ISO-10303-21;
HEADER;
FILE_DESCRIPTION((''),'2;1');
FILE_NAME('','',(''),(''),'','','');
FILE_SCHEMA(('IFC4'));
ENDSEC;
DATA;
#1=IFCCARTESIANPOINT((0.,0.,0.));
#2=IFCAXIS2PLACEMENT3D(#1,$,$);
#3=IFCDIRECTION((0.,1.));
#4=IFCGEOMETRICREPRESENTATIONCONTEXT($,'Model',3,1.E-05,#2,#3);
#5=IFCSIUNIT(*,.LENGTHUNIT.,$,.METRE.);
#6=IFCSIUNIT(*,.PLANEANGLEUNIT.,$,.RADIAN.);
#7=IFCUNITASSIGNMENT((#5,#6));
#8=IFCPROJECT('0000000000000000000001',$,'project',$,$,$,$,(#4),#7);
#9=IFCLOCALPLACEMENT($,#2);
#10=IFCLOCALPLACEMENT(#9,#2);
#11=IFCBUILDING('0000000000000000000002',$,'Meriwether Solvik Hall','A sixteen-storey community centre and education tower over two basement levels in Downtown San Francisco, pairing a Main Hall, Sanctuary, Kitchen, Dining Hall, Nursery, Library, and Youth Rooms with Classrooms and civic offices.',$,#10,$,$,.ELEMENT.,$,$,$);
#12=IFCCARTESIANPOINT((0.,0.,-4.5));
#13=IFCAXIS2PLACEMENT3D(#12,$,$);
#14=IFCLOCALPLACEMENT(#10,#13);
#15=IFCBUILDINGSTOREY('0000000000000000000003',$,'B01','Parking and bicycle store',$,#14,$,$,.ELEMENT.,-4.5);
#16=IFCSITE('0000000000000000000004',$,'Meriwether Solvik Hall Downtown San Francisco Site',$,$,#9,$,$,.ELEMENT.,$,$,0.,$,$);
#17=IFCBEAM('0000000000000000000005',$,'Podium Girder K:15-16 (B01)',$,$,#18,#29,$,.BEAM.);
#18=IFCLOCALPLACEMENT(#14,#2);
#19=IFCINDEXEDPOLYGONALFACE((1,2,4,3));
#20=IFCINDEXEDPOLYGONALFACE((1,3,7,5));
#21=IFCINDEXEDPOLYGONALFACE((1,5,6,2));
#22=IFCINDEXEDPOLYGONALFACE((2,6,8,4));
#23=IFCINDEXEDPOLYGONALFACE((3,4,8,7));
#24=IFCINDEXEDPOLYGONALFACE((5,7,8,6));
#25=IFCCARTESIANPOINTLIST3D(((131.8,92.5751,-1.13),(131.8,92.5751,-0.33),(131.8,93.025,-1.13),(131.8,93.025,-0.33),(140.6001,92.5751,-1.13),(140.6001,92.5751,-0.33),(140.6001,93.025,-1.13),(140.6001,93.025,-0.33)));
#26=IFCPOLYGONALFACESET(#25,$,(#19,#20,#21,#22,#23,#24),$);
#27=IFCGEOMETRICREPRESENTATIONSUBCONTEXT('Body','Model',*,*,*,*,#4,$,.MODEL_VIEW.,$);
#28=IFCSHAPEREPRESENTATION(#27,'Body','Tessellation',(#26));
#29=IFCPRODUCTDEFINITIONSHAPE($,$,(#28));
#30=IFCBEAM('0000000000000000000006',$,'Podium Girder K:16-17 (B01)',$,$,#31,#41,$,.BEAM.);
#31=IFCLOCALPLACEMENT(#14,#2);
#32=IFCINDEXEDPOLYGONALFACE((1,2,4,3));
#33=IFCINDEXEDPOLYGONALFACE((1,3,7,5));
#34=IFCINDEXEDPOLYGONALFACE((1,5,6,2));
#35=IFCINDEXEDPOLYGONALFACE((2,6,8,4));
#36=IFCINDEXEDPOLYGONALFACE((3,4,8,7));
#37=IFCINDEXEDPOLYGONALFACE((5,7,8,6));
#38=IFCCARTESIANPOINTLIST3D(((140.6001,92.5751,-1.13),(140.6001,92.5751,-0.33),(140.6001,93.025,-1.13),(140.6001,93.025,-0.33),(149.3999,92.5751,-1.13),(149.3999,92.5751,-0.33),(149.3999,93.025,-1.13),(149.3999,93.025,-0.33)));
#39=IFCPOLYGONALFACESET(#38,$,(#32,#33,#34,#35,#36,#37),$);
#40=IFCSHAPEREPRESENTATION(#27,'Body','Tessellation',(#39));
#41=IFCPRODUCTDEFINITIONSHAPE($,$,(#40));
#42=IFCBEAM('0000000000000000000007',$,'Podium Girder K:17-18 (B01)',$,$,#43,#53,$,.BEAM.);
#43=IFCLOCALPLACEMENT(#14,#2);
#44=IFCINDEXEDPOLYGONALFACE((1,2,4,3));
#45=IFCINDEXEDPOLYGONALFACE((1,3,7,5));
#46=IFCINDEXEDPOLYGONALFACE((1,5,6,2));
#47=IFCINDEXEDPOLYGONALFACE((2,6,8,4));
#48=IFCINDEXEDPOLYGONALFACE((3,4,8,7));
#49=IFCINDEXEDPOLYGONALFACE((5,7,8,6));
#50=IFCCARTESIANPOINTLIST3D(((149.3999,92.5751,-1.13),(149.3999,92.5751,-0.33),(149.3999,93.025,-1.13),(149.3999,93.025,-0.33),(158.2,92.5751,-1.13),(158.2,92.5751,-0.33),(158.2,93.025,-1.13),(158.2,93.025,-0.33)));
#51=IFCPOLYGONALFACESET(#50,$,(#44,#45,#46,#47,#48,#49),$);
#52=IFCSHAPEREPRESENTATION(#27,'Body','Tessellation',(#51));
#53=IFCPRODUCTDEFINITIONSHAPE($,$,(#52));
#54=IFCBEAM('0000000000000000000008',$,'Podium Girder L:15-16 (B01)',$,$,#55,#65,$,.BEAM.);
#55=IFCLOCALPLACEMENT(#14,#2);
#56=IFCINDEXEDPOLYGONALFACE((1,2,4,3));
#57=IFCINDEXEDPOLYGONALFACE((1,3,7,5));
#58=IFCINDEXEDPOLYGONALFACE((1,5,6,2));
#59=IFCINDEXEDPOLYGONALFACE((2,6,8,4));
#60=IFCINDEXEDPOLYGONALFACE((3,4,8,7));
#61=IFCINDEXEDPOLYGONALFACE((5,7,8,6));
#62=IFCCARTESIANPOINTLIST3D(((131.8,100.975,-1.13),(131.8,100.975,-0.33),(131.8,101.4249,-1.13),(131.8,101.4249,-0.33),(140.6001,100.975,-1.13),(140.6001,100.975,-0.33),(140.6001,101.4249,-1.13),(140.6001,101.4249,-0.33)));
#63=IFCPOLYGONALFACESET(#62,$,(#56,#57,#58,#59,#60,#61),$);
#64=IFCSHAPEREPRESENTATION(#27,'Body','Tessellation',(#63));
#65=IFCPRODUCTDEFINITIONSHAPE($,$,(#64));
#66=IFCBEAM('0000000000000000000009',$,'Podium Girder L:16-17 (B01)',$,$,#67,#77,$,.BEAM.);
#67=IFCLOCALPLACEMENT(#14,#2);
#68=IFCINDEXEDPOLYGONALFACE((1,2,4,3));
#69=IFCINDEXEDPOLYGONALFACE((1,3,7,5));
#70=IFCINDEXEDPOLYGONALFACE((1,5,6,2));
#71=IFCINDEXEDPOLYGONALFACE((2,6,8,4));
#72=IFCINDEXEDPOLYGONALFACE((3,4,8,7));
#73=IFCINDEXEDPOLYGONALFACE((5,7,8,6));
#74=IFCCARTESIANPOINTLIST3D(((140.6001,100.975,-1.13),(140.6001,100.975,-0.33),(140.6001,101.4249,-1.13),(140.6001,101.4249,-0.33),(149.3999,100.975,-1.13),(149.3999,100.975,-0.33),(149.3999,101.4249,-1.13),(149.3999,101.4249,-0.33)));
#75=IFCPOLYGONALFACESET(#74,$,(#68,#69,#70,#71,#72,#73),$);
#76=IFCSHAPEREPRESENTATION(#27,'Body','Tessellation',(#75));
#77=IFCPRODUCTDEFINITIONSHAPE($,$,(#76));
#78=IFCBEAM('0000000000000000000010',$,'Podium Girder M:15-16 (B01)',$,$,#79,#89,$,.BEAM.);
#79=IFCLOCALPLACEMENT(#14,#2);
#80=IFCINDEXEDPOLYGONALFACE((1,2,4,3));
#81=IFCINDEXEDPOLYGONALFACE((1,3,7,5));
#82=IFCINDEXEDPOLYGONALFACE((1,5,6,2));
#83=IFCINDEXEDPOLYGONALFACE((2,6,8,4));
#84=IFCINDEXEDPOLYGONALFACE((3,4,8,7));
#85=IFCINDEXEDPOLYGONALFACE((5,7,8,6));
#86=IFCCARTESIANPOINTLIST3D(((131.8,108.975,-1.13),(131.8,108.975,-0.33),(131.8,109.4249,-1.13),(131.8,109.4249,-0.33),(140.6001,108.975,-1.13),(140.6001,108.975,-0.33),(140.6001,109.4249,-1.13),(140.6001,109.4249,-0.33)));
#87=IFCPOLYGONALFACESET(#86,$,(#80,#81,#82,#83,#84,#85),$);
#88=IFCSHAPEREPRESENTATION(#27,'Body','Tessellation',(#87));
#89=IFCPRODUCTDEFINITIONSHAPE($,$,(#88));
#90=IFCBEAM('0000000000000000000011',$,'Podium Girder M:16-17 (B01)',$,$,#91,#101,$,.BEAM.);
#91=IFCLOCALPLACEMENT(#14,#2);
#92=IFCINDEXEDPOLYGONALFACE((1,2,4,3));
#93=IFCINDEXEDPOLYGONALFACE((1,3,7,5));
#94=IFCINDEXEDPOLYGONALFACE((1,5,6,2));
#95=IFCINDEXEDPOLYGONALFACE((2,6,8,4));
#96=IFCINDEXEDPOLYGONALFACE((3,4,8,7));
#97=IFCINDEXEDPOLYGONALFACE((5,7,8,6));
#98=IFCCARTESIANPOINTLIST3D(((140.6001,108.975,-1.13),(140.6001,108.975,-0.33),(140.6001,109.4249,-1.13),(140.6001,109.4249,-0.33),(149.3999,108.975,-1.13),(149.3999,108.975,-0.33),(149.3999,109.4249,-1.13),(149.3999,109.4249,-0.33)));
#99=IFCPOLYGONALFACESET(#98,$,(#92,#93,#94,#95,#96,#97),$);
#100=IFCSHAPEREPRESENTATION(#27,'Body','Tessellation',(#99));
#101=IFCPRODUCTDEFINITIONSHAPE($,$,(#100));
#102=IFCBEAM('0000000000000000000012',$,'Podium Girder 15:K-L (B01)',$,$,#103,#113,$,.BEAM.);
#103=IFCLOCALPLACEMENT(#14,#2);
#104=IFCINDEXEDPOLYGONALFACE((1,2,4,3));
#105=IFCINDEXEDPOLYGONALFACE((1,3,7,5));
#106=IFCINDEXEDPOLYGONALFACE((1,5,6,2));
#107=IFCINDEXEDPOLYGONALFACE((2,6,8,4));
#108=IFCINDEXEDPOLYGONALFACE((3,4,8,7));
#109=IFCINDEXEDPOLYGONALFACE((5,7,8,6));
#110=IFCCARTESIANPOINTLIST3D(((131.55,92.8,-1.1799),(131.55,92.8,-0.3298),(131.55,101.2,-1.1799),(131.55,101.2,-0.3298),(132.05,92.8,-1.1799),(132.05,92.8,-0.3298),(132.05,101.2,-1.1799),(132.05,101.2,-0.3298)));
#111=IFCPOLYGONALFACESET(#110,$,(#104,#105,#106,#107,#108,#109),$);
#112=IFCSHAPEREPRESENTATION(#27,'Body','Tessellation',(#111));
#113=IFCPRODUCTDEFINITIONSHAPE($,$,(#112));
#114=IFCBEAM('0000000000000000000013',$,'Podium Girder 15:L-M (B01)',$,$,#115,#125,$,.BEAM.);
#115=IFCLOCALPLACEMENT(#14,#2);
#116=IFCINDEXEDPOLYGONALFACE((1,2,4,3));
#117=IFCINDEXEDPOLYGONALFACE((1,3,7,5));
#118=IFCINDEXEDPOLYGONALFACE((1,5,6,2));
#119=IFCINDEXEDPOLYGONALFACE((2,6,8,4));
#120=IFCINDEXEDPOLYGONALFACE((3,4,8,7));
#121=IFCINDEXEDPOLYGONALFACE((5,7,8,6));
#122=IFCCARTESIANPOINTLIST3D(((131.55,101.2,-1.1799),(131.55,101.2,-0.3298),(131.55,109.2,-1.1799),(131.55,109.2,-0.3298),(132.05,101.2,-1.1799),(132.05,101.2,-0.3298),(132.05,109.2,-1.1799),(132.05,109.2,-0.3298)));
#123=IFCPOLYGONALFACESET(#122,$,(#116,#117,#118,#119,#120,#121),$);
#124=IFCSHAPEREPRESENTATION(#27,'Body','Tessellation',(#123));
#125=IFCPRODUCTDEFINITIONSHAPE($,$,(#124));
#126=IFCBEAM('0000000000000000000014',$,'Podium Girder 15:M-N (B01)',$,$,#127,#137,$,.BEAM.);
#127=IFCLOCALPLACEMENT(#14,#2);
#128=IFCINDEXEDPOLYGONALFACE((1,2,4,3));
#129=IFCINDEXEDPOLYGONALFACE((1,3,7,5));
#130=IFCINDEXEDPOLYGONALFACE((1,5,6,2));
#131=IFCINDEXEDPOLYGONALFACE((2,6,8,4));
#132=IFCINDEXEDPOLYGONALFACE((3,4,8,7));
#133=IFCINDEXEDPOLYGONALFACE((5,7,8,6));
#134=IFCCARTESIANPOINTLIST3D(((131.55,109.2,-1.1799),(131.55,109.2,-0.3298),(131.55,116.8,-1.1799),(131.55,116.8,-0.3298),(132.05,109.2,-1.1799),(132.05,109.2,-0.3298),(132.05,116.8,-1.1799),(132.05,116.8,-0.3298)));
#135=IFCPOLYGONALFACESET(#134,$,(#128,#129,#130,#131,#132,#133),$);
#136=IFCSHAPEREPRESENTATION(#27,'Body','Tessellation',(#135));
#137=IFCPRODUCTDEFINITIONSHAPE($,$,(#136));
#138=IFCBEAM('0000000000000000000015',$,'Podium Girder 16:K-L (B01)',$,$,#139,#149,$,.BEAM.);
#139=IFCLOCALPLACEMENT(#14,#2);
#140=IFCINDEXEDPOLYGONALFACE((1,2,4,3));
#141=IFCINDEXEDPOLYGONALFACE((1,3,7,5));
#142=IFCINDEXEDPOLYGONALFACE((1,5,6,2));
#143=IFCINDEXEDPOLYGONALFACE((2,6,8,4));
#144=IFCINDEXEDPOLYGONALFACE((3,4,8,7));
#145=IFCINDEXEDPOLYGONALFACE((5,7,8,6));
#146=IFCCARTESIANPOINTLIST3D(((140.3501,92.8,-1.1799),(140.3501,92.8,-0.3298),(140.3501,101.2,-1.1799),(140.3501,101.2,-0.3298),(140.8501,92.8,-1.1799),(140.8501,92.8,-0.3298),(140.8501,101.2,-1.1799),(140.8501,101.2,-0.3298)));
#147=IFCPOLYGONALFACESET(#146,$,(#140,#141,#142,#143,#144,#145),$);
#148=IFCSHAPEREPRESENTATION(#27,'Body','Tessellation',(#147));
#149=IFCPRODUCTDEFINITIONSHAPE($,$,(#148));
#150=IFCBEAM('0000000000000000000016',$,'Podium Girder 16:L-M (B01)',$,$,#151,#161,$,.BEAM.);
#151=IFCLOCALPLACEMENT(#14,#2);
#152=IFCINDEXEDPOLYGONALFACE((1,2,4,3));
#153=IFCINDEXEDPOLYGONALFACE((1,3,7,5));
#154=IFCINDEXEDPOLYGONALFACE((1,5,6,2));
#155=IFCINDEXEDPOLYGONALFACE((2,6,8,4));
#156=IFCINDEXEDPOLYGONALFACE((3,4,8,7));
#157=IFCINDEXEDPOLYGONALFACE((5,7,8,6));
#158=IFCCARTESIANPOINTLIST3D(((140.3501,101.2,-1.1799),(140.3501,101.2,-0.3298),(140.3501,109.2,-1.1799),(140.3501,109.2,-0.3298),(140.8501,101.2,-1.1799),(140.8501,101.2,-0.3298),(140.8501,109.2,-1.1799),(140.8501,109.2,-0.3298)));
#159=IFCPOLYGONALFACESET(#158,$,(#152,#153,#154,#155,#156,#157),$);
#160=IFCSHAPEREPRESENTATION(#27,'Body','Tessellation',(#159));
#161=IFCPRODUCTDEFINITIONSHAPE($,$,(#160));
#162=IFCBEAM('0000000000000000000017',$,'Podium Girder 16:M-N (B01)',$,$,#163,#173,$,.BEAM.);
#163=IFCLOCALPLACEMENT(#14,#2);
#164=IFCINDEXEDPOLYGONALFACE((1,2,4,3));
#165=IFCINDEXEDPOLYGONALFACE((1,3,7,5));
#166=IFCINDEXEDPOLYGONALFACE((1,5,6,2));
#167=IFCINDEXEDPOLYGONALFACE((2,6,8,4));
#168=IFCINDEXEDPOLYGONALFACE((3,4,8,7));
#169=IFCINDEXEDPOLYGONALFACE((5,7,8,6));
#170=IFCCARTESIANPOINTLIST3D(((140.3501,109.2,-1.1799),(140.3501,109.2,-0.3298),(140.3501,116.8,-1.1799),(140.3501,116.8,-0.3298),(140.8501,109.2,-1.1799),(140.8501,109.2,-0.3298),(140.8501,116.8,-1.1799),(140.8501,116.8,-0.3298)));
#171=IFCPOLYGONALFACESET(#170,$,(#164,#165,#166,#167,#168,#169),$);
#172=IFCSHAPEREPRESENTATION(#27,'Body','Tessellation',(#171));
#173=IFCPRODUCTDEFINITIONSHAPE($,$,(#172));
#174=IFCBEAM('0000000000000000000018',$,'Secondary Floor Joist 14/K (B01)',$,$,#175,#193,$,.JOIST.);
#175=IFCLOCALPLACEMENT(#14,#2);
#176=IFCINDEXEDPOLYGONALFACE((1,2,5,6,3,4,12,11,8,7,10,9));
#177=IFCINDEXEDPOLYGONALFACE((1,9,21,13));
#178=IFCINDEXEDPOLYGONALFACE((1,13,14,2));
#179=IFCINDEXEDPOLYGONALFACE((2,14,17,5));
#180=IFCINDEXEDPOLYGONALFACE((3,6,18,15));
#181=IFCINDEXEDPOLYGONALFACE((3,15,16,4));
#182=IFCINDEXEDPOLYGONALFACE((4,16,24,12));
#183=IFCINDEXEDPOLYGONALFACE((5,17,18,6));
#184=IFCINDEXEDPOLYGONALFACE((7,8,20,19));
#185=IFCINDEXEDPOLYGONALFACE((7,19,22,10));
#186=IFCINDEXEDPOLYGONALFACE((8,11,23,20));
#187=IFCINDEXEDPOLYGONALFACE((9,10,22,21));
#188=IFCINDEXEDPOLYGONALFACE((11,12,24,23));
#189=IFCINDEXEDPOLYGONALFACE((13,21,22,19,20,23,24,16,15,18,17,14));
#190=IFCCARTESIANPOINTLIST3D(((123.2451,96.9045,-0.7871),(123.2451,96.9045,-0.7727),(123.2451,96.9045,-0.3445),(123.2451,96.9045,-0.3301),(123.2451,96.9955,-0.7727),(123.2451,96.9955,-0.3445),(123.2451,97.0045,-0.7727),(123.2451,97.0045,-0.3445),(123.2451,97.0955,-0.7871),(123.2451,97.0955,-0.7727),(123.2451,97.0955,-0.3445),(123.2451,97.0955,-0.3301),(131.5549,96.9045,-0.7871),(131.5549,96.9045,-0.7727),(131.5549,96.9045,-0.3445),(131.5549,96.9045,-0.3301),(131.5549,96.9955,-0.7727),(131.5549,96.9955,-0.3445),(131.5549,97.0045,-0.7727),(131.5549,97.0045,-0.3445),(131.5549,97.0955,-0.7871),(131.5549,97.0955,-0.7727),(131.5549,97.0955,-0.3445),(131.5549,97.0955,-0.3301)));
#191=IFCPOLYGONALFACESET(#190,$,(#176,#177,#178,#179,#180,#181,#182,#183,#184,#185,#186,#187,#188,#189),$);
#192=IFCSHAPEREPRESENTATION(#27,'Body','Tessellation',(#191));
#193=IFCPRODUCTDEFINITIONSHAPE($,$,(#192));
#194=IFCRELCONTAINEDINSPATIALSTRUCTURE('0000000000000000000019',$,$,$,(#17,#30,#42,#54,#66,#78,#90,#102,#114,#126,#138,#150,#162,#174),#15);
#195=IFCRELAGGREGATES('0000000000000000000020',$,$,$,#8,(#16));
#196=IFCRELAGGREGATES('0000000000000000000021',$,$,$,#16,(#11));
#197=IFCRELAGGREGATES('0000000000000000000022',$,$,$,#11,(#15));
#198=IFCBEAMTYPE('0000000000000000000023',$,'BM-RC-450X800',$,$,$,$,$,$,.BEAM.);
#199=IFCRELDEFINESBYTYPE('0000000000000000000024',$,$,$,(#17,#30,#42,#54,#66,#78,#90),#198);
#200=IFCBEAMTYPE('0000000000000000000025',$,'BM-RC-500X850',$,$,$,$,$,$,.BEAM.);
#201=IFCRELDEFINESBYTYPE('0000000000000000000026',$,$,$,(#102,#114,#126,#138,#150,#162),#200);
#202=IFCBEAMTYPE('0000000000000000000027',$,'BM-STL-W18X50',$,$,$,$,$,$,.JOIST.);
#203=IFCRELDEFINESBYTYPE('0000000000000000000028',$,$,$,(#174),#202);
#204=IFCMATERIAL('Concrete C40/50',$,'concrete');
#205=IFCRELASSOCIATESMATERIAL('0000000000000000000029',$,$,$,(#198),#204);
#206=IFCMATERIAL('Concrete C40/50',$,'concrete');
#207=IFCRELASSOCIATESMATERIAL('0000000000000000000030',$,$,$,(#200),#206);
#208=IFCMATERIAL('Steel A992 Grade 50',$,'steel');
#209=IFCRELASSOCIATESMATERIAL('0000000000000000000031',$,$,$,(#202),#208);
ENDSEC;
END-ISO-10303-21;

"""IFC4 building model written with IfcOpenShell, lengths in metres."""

from ifc_helpers import new_model, si_unit, direction, frame, origin, origin_2d, place, context, subcontext, project, spatial, rectangle, i_section, extrude, material, material_profile, profile_set, type_object, element, save


model = new_model("IFC4")

# Units and contexts
model_context = context("Model", 3, precision=1e-05, world=origin(), true_north=direction((0.0, 1.0)))
body_context = subcontext(model_context, "Body", "Model", "MODEL_VIEW")
ifc_project = project(units=[si_unit("LENGTHUNIT", "METRE"), si_unit("PLANEANGLEUNIT", "RADIAN")], contexts=[model_context])

# Site, building, storey
site_placement = place(None, origin())
site = spatial("IfcSite", under=ifc_project, at=site_placement, Name="Meriwether Solvik Hall Downtown San Francisco Site", CompositionType="ELEMENT", RefElevation=0.0)
building_placement = place(site_placement, origin())
building = spatial("IfcBuilding", under=site, at=building_placement, Name="Meriwether Solvik Hall", Description="A sixteen-storey community centre and education tower over two basement levels in Downtown San Francisco, pairing a Main Hall, Sanctuary, Kitchen, Dining Hall, Nursery, Library, and Youth Rooms with Classrooms and civic offices.", CompositionType="ELEMENT")
storey_placement = place(building_placement, frame((0.0, 0.0, -4.5)))
storey = spatial("IfcBuildingStorey", under=building, at=storey_placement, Name="B01", Description="Parking and bicycle store", CompositionType="ELEMENT", Elevation=-4.5)

# Beams
ifc_material_1 = material(Name="Concrete C40/50", Category="concrete")
ifc_material_profile_1 = material_profile(ifc_material_1, rectangle(XDim=0.45, YDim=0.8, at=origin_2d()), Name="RCB-450X800")
ifc_profile_set_1 = profile_set([ifc_material_profile_1], Name="Concrete C40/50")
beam_type_1 = type_object("IfcBeamType", Name="BM-RC-450X800", PredefinedType="BEAM", material=ifc_profile_set_1)
beam_1_placement = place(storey_placement, frame((131.8, 92.8, -0.73), z_axis=(1.0, 0.0, 0.0), x_axis=(0.0, 1.0, 0.0)))
element("IfcBeam", 1, at=beam_1_placement, inside=storey, type_object=beam_type_1, Name="Podium Girder K:15-16 (B01)", PredefinedType="BEAM", context=body_context, shape_type="SweptSolid", body=[
    extrude(rectangle(XDim=0.45, YDim=0.8, at=origin_2d()), origin(), (0.0, 0.0, 1.0), 8.8),
])
beam_2_placement = place(storey_placement, frame((140.6001, 92.8, -0.73), z_axis=(1.0, 0.0, 0.0), x_axis=(0.0, 1.0, 0.0)))
element("IfcBeam", 2, at=beam_2_placement, inside=storey, type_object=beam_type_1, Name="Podium Girder K:16-17 (B01)", PredefinedType="BEAM", context=body_context, shape_type="SweptSolid", body=[
    extrude(rectangle(XDim=0.45, YDim=0.8, at=origin_2d()), origin(), (0.0, 0.0, 1.0), 8.7998),
])
for number, where, z_axis, x_axis, name in (
    (3, (149.3999, 92.8, -0.73), (1.0, 0.0, 0.0), (0.0, 1.0, 0.0), "Podium Girder K:17-18 (B01)"),
    (4, (131.8, 101.2, -0.73), (1.0, 0.0, 0.0), (0.0, 1.0, 0.0), "Podium Girder L:15-16 (B01)"),
):
    element("IfcBeam", number, at=place(storey_placement, frame(where, z_axis=z_axis, x_axis=x_axis)), inside=storey, type_object=beam_type_1, Name=name, PredefinedType="BEAM", context=body_context, shape_type="SweptSolid", body=[
        extrude(rectangle(XDim=0.45, YDim=0.8, at=origin_2d()), origin(), (0.0, 0.0, 1.0), 8.8),
    ])
beam_3_placement = place(storey_placement, frame((140.6001, 101.2, -0.73), z_axis=(1.0, 0.0, 0.0), x_axis=(0.0, 1.0, 0.0)))
element("IfcBeam", 5, at=beam_3_placement, inside=storey, type_object=beam_type_1, Name="Podium Girder L:16-17 (B01)", PredefinedType="BEAM", context=body_context, shape_type="SweptSolid", body=[
    extrude(rectangle(XDim=0.45, YDim=0.8, at=origin_2d()), origin(), (0.0, 0.0, 1.0), 8.7998),
])
beam_4_placement = place(storey_placement, frame((131.8, 109.2, -0.73), z_axis=(1.0, 0.0, 0.0), x_axis=(0.0, 1.0, 0.0)))
element("IfcBeam", 6, at=beam_4_placement, inside=storey, type_object=beam_type_1, Name="Podium Girder M:15-16 (B01)", PredefinedType="BEAM", context=body_context, shape_type="SweptSolid", body=[
    extrude(rectangle(XDim=0.45, YDim=0.8, at=origin_2d()), origin(), (0.0, 0.0, 1.0), 8.8),
])
beam_5_placement = place(storey_placement, frame((140.6001, 109.2, -0.73), z_axis=(1.0, 0.0, 0.0), x_axis=(0.0, 1.0, 0.0)))
element("IfcBeam", 7, at=beam_5_placement, inside=storey, type_object=beam_type_1, Name="Podium Girder M:16-17 (B01)", PredefinedType="BEAM", context=body_context, shape_type="SweptSolid", body=[
    extrude(rectangle(XDim=0.45, YDim=0.8, at=origin_2d()), origin(), (0.0, 0.0, 1.0), 8.7998),
])
ifc_material_2 = material(Name="Concrete C40/50", Category="concrete")
ifc_material_profile_2 = material_profile(ifc_material_2, rectangle(XDim=0.5, YDim=0.8501, at=origin_2d()), Name="RCB-500X850")
ifc_profile_set_2 = profile_set([ifc_material_profile_2], Name="Concrete C40/50")
beam_type_2 = type_object("IfcBeamType", Name="BM-RC-500X850", PredefinedType="BEAM", material=ifc_profile_set_2)
beam_6_placement = place(storey_placement, frame((131.8, 92.8, -0.7549), z_axis=(0.0, 1.0, 0.0), x_axis=(-1.0, 0.0, 0.0)))
element("IfcBeam", 8, at=beam_6_placement, inside=storey, type_object=beam_type_2, Name="Podium Girder 15:K-L (B01)", PredefinedType="BEAM", context=body_context, shape_type="SweptSolid", body=[
    extrude(rectangle(XDim=0.5, YDim=0.8501, at=origin_2d()), origin(), (0.0, 0.0, 1.0), 8.3999),
])
beam_7_placement = place(storey_placement, frame((131.8, 101.2, -0.7549), z_axis=(0.0, 1.0, 0.0), x_axis=(-1.0, 0.0, 0.0)))
element("IfcBeam", 9, at=beam_7_placement, inside=storey, type_object=beam_type_2, Name="Podium Girder 15:L-M (B01)", PredefinedType="BEAM", context=body_context, shape_type="SweptSolid", body=[
    extrude(rectangle(XDim=0.5, YDim=0.8501, at=origin_2d()), origin(), (0.0, 0.0, 1.0), 8.0),
])
beam_8_placement = place(storey_placement, frame((131.8, 109.2, -0.7549), z_axis=(0.0, 1.0, 0.0), x_axis=(-1.0, 0.0, 0.0)))
element("IfcBeam", 10, at=beam_8_placement, inside=storey, type_object=beam_type_2, Name="Podium Girder 15:M-N (B01)", PredefinedType="BEAM", context=body_context, shape_type="SweptSolid", body=[
    extrude(rectangle(XDim=0.5, YDim=0.8501, at=origin_2d()), origin(), (0.0, 0.0, 1.0), 7.6001),
])
beam_9_placement = place(storey_placement, frame((140.6001, 92.8, -0.7549), z_axis=(0.0, 1.0, 0.0), x_axis=(-1.0, 0.0, 0.0)))
element("IfcBeam", 11, at=beam_9_placement, inside=storey, type_object=beam_type_2, Name="Podium Girder 16:K-L (B01)", PredefinedType="BEAM", context=body_context, shape_type="SweptSolid", body=[
    extrude(rectangle(XDim=0.5, YDim=0.8501, at=origin_2d()), origin(), (0.0, 0.0, 1.0), 8.3999),
])
beam_10_placement = place(storey_placement, frame((140.6001, 101.2, -0.7549), z_axis=(0.0, 1.0, 0.0), x_axis=(-1.0, 0.0, 0.0)))
element("IfcBeam", 12, at=beam_10_placement, inside=storey, type_object=beam_type_2, Name="Podium Girder 16:L-M (B01)", PredefinedType="BEAM", context=body_context, shape_type="SweptSolid", body=[
    extrude(rectangle(XDim=0.5, YDim=0.8501, at=origin_2d()), origin(), (0.0, 0.0, 1.0), 8.0),
])
beam_11_placement = place(storey_placement, frame((140.6001, 109.2, -0.7549), z_axis=(0.0, 1.0, 0.0), x_axis=(-1.0, 0.0, 0.0)))
element("IfcBeam", 13, at=beam_11_placement, inside=storey, type_object=beam_type_2, Name="Podium Girder 16:M-N (B01)", PredefinedType="BEAM", context=body_context, shape_type="SweptSolid", body=[
    extrude(rectangle(XDim=0.5, YDim=0.8501, at=origin_2d()), origin(), (0.0, 0.0, 1.0), 7.6001),
])
ifc_material_3 = material(Name="Steel A992 Grade 50", Category="steel")
ifc_material_profile_3 = material_profile(ifc_material_3, i_section(OverallWidth=0.1909, OverallDepth=0.457, WebThickness=0.009, FlangeThickness=0.0144, at=origin_2d()), Name="W18X50")
ifc_profile_set_3 = profile_set([ifc_material_profile_3], Name="Steel A992 Grade 50")
beam_type_3 = type_object("IfcBeamType", Name="BM-STL-W18X50", PredefinedType="JOIST", material=ifc_profile_set_3)
beam_12_placement = place(storey_placement, frame((123.2451, 97.0, -0.5586), z_axis=(1.0, 0.0, 0.0), x_axis=(0.0, 1.0, 0.0)))
element("IfcBeam", 14, at=beam_12_placement, inside=storey, type_object=beam_type_3, Name="Secondary Floor Joist 14/K (B01)", PredefinedType="JOIST", context=body_context, shape_type="SweptSolid", body=[
    extrude(i_section(OverallWidth=0.1909, OverallDepth=0.457, WebThickness=0.009, FlangeThickness=0.0144, at=origin_2d()), origin(), (0.0, 0.0, 1.0), 8.3098),
])

save(model, "model.ifc")
